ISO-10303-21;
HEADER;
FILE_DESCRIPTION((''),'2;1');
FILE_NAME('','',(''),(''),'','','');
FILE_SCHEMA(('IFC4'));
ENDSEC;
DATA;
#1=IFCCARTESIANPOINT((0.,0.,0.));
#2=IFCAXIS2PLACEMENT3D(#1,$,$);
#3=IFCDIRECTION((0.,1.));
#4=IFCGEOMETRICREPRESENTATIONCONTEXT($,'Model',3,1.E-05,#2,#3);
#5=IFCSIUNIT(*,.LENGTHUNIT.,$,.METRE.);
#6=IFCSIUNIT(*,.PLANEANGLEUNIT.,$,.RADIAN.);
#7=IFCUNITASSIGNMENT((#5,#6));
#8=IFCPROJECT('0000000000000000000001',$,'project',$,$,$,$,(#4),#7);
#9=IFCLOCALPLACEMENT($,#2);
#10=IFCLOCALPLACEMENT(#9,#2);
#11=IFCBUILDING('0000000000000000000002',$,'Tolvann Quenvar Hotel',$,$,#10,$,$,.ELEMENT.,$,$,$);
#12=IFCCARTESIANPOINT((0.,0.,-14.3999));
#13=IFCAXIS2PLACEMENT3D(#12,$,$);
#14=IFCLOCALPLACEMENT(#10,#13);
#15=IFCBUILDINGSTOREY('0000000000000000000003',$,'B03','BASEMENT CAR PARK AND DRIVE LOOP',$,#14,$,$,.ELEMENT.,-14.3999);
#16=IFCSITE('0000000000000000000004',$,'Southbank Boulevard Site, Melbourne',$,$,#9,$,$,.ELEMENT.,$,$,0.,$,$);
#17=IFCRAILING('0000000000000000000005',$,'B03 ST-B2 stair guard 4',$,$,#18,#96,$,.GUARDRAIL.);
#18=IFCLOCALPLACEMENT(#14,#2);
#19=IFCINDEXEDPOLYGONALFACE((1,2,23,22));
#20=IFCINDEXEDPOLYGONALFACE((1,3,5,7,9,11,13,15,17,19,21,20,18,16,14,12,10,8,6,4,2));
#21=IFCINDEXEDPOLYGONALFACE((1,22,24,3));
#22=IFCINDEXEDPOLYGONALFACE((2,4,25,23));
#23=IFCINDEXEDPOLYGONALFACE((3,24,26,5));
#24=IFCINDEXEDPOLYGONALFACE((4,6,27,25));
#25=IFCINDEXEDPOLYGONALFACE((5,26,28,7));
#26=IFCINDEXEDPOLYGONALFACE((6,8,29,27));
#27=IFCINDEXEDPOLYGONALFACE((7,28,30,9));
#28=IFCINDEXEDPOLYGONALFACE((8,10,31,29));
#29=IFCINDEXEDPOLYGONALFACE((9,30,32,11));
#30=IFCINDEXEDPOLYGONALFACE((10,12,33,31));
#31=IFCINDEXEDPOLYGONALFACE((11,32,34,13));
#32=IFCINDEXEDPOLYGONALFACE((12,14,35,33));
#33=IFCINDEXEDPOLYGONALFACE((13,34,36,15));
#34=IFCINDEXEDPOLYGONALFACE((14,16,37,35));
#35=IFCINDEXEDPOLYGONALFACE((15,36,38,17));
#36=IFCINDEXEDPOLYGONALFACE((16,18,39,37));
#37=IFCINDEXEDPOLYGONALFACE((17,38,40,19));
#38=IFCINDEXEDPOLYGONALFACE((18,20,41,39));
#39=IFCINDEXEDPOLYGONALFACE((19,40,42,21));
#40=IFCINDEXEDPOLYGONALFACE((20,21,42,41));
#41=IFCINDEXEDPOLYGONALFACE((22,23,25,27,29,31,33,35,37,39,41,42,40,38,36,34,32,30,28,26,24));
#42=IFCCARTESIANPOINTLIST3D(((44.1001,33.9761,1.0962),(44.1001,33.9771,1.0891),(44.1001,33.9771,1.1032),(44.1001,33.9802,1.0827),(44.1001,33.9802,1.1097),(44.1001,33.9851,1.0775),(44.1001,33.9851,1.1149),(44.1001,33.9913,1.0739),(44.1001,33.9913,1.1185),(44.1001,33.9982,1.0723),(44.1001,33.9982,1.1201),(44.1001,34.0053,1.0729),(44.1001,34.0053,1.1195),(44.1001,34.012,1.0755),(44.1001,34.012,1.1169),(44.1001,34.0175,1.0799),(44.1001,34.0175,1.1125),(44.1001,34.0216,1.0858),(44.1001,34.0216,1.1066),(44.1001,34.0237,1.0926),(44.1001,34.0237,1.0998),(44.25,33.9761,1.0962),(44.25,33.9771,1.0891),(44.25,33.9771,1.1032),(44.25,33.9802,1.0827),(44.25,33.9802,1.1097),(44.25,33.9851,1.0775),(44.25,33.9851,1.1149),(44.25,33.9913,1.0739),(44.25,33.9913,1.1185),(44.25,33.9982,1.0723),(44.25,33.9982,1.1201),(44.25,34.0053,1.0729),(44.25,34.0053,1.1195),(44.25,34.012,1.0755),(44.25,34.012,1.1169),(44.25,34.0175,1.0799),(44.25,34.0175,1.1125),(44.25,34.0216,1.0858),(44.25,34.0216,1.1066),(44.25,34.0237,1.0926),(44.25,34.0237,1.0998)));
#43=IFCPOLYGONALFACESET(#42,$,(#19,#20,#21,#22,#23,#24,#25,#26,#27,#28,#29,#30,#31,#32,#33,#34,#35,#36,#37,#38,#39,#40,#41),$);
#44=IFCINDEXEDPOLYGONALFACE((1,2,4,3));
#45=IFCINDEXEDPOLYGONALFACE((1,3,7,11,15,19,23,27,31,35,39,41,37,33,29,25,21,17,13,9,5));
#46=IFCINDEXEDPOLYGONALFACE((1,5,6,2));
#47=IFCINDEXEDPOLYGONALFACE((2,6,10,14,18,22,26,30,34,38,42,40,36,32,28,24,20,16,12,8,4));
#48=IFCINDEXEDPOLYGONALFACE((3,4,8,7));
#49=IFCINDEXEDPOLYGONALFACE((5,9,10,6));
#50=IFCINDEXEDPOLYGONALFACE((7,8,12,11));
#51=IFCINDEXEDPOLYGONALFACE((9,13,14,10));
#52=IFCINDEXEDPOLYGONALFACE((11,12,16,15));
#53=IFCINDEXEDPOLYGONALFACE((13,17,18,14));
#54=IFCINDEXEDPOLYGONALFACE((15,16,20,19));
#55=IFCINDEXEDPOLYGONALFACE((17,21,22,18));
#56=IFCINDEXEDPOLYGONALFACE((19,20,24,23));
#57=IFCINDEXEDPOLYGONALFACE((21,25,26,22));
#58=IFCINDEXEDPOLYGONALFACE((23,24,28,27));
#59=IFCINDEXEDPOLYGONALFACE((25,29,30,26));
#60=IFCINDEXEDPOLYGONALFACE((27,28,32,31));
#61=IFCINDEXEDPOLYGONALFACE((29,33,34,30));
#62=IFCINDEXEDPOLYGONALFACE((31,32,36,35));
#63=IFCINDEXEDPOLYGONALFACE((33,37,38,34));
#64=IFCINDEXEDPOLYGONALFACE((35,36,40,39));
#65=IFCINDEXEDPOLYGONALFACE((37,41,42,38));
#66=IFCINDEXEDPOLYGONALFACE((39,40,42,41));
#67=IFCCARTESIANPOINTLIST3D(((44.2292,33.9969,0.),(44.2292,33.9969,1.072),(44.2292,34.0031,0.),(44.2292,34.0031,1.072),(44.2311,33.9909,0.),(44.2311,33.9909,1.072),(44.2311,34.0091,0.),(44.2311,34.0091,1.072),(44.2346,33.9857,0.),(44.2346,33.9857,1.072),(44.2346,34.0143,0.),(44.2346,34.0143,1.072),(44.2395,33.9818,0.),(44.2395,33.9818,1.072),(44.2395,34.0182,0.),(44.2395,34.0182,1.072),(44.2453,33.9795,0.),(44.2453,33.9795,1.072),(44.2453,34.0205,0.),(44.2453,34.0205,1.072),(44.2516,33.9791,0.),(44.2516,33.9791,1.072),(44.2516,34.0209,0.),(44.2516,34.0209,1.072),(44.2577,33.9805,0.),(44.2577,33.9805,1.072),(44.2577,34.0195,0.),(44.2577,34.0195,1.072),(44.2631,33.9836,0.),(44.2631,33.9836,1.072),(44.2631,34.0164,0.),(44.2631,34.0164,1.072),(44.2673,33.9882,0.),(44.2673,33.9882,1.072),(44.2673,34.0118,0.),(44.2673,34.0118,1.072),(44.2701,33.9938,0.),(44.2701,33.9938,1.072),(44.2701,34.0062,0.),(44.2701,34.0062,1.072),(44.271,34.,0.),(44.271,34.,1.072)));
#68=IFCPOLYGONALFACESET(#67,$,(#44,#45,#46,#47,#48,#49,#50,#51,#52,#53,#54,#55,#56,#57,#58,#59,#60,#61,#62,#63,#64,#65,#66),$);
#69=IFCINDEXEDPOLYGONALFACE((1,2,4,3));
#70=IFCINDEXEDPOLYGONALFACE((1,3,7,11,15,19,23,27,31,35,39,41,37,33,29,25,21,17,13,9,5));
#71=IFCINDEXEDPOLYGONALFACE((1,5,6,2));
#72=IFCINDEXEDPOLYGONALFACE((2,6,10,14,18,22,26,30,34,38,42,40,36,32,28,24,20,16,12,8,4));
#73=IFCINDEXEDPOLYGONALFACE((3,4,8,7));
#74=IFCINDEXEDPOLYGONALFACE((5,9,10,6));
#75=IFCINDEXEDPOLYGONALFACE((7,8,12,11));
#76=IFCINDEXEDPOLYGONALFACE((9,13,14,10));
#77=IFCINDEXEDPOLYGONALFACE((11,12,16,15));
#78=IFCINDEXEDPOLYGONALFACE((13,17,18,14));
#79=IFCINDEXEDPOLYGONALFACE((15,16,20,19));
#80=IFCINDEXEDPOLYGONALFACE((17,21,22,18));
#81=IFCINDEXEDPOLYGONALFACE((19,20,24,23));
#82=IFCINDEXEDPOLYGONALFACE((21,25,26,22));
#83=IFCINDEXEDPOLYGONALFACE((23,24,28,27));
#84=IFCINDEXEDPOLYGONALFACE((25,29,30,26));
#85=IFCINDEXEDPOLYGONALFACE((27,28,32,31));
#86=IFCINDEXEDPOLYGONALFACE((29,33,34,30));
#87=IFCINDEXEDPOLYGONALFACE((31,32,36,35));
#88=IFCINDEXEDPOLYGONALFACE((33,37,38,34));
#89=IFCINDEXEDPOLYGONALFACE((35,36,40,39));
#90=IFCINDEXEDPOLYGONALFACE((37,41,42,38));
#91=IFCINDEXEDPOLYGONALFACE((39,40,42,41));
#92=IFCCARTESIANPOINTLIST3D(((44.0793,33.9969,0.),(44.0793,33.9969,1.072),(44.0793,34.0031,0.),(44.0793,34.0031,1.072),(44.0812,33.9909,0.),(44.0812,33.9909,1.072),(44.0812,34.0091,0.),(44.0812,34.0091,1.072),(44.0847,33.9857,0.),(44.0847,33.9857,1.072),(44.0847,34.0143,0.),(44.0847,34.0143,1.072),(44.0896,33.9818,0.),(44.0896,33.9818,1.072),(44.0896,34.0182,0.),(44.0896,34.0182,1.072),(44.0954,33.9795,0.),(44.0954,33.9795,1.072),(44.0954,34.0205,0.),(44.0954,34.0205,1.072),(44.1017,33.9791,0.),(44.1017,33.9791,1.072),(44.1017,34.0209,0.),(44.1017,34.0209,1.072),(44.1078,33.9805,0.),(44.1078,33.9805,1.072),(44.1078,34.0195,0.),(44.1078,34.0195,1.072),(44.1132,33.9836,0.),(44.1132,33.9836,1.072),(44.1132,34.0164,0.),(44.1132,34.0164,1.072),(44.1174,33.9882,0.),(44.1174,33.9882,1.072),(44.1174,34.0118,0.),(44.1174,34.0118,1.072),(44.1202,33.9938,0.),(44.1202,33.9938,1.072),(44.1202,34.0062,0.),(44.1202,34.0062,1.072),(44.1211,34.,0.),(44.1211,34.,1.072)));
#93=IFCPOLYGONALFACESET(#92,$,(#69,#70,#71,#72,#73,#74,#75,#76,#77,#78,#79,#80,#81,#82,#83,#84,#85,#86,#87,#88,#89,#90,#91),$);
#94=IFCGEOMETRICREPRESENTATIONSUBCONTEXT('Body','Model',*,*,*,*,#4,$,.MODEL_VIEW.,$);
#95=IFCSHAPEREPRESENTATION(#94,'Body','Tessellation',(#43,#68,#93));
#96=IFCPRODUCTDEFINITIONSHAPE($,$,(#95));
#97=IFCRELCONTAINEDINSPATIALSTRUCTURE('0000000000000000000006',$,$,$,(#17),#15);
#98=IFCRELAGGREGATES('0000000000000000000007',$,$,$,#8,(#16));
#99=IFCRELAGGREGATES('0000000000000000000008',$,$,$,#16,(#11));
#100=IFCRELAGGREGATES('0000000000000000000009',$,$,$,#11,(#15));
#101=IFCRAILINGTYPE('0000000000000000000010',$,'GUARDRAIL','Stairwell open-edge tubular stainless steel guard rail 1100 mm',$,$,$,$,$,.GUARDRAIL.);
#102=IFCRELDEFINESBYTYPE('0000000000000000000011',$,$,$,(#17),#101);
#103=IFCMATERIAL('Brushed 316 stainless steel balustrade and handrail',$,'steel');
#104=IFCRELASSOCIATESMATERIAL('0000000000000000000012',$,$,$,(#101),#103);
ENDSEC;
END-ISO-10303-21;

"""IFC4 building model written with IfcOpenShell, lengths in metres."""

from ifc_helpers import new_model, si_unit, direction, frame, origin, origin_2d, place, context, subcontext, project, spatial, circle, extrude, material, type_object, element, save


model = new_model("IFC4")

# Units and contexts
model_context = context("Model", 3, precision=1e-05, world=origin(), true_north=direction((0.0, 1.0)))
body_context = subcontext(model_context, "Body", "Model", "MODEL_VIEW")
ifc_project = project(units=[si_unit("LENGTHUNIT", "METRE"), si_unit("PLANEANGLEUNIT", "RADIAN")], contexts=[model_context])

# Site, building, storey
site_placement = place(None, origin())
site = spatial("IfcSite", under=ifc_project, at=site_placement, Name="Southbank Boulevard Site, Melbourne", CompositionType="ELEMENT", RefElevation=0.0)
building_placement = place(site_placement, origin())
building = spatial("IfcBuilding", under=site, at=building_placement, Name="Tolvann Quenvar Hotel", CompositionType="ELEMENT")
storey_placement = place(building_placement, frame((0.0, 0.0, -14.3999)))
storey = spatial("IfcBuildingStorey", under=building, at=storey_placement, Name="B03", Description="BASEMENT CAR PARK AND DRIVE LOOP", CompositionType="ELEMENT", Elevation=-14.3999)

# Railing
ifc_material_1 = material(Name="Brushed 316 stainless steel balustrade and handrail", Category="steel")
railing_type_1 = type_object("IfcRailingType", Name="GUARDRAIL", Description="Stairwell open-edge tubular stainless steel guard rail 1100 mm", PredefinedType="GUARDRAIL", material=ifc_material_1)
railing_1_placement = place(storey_placement, frame((44.25, 34.0, 0.0)))
element("IfcRailing", 1, at=railing_1_placement, inside=storey, type_object=railing_type_1, Name="B03 ST-B2 stair guard 4", PredefinedType="GUARDRAIL", context=body_context, shape_type="SweptSolid", body=[
    extrude(circle(Radius=0.0239, at=origin_2d()), frame((0.0, 0.0, 1.0962), z_axis=(-1.0, 0.0, 0.0), x_axis=(0.0, -1.0, 0.0)), (0.0, 0.0, 1.0), 0.1499),
    extrude(circle(Radius=0.021, at=origin_2d()), origin(), (0.0, 0.0, 1.0), 1.072),
    extrude(circle(Radius=0.021, at=origin_2d()), frame((-0.1499, 0.0, 0.0)), (0.0, 0.0, 1.0), 1.072),
])

save(model, "model.ifc")
